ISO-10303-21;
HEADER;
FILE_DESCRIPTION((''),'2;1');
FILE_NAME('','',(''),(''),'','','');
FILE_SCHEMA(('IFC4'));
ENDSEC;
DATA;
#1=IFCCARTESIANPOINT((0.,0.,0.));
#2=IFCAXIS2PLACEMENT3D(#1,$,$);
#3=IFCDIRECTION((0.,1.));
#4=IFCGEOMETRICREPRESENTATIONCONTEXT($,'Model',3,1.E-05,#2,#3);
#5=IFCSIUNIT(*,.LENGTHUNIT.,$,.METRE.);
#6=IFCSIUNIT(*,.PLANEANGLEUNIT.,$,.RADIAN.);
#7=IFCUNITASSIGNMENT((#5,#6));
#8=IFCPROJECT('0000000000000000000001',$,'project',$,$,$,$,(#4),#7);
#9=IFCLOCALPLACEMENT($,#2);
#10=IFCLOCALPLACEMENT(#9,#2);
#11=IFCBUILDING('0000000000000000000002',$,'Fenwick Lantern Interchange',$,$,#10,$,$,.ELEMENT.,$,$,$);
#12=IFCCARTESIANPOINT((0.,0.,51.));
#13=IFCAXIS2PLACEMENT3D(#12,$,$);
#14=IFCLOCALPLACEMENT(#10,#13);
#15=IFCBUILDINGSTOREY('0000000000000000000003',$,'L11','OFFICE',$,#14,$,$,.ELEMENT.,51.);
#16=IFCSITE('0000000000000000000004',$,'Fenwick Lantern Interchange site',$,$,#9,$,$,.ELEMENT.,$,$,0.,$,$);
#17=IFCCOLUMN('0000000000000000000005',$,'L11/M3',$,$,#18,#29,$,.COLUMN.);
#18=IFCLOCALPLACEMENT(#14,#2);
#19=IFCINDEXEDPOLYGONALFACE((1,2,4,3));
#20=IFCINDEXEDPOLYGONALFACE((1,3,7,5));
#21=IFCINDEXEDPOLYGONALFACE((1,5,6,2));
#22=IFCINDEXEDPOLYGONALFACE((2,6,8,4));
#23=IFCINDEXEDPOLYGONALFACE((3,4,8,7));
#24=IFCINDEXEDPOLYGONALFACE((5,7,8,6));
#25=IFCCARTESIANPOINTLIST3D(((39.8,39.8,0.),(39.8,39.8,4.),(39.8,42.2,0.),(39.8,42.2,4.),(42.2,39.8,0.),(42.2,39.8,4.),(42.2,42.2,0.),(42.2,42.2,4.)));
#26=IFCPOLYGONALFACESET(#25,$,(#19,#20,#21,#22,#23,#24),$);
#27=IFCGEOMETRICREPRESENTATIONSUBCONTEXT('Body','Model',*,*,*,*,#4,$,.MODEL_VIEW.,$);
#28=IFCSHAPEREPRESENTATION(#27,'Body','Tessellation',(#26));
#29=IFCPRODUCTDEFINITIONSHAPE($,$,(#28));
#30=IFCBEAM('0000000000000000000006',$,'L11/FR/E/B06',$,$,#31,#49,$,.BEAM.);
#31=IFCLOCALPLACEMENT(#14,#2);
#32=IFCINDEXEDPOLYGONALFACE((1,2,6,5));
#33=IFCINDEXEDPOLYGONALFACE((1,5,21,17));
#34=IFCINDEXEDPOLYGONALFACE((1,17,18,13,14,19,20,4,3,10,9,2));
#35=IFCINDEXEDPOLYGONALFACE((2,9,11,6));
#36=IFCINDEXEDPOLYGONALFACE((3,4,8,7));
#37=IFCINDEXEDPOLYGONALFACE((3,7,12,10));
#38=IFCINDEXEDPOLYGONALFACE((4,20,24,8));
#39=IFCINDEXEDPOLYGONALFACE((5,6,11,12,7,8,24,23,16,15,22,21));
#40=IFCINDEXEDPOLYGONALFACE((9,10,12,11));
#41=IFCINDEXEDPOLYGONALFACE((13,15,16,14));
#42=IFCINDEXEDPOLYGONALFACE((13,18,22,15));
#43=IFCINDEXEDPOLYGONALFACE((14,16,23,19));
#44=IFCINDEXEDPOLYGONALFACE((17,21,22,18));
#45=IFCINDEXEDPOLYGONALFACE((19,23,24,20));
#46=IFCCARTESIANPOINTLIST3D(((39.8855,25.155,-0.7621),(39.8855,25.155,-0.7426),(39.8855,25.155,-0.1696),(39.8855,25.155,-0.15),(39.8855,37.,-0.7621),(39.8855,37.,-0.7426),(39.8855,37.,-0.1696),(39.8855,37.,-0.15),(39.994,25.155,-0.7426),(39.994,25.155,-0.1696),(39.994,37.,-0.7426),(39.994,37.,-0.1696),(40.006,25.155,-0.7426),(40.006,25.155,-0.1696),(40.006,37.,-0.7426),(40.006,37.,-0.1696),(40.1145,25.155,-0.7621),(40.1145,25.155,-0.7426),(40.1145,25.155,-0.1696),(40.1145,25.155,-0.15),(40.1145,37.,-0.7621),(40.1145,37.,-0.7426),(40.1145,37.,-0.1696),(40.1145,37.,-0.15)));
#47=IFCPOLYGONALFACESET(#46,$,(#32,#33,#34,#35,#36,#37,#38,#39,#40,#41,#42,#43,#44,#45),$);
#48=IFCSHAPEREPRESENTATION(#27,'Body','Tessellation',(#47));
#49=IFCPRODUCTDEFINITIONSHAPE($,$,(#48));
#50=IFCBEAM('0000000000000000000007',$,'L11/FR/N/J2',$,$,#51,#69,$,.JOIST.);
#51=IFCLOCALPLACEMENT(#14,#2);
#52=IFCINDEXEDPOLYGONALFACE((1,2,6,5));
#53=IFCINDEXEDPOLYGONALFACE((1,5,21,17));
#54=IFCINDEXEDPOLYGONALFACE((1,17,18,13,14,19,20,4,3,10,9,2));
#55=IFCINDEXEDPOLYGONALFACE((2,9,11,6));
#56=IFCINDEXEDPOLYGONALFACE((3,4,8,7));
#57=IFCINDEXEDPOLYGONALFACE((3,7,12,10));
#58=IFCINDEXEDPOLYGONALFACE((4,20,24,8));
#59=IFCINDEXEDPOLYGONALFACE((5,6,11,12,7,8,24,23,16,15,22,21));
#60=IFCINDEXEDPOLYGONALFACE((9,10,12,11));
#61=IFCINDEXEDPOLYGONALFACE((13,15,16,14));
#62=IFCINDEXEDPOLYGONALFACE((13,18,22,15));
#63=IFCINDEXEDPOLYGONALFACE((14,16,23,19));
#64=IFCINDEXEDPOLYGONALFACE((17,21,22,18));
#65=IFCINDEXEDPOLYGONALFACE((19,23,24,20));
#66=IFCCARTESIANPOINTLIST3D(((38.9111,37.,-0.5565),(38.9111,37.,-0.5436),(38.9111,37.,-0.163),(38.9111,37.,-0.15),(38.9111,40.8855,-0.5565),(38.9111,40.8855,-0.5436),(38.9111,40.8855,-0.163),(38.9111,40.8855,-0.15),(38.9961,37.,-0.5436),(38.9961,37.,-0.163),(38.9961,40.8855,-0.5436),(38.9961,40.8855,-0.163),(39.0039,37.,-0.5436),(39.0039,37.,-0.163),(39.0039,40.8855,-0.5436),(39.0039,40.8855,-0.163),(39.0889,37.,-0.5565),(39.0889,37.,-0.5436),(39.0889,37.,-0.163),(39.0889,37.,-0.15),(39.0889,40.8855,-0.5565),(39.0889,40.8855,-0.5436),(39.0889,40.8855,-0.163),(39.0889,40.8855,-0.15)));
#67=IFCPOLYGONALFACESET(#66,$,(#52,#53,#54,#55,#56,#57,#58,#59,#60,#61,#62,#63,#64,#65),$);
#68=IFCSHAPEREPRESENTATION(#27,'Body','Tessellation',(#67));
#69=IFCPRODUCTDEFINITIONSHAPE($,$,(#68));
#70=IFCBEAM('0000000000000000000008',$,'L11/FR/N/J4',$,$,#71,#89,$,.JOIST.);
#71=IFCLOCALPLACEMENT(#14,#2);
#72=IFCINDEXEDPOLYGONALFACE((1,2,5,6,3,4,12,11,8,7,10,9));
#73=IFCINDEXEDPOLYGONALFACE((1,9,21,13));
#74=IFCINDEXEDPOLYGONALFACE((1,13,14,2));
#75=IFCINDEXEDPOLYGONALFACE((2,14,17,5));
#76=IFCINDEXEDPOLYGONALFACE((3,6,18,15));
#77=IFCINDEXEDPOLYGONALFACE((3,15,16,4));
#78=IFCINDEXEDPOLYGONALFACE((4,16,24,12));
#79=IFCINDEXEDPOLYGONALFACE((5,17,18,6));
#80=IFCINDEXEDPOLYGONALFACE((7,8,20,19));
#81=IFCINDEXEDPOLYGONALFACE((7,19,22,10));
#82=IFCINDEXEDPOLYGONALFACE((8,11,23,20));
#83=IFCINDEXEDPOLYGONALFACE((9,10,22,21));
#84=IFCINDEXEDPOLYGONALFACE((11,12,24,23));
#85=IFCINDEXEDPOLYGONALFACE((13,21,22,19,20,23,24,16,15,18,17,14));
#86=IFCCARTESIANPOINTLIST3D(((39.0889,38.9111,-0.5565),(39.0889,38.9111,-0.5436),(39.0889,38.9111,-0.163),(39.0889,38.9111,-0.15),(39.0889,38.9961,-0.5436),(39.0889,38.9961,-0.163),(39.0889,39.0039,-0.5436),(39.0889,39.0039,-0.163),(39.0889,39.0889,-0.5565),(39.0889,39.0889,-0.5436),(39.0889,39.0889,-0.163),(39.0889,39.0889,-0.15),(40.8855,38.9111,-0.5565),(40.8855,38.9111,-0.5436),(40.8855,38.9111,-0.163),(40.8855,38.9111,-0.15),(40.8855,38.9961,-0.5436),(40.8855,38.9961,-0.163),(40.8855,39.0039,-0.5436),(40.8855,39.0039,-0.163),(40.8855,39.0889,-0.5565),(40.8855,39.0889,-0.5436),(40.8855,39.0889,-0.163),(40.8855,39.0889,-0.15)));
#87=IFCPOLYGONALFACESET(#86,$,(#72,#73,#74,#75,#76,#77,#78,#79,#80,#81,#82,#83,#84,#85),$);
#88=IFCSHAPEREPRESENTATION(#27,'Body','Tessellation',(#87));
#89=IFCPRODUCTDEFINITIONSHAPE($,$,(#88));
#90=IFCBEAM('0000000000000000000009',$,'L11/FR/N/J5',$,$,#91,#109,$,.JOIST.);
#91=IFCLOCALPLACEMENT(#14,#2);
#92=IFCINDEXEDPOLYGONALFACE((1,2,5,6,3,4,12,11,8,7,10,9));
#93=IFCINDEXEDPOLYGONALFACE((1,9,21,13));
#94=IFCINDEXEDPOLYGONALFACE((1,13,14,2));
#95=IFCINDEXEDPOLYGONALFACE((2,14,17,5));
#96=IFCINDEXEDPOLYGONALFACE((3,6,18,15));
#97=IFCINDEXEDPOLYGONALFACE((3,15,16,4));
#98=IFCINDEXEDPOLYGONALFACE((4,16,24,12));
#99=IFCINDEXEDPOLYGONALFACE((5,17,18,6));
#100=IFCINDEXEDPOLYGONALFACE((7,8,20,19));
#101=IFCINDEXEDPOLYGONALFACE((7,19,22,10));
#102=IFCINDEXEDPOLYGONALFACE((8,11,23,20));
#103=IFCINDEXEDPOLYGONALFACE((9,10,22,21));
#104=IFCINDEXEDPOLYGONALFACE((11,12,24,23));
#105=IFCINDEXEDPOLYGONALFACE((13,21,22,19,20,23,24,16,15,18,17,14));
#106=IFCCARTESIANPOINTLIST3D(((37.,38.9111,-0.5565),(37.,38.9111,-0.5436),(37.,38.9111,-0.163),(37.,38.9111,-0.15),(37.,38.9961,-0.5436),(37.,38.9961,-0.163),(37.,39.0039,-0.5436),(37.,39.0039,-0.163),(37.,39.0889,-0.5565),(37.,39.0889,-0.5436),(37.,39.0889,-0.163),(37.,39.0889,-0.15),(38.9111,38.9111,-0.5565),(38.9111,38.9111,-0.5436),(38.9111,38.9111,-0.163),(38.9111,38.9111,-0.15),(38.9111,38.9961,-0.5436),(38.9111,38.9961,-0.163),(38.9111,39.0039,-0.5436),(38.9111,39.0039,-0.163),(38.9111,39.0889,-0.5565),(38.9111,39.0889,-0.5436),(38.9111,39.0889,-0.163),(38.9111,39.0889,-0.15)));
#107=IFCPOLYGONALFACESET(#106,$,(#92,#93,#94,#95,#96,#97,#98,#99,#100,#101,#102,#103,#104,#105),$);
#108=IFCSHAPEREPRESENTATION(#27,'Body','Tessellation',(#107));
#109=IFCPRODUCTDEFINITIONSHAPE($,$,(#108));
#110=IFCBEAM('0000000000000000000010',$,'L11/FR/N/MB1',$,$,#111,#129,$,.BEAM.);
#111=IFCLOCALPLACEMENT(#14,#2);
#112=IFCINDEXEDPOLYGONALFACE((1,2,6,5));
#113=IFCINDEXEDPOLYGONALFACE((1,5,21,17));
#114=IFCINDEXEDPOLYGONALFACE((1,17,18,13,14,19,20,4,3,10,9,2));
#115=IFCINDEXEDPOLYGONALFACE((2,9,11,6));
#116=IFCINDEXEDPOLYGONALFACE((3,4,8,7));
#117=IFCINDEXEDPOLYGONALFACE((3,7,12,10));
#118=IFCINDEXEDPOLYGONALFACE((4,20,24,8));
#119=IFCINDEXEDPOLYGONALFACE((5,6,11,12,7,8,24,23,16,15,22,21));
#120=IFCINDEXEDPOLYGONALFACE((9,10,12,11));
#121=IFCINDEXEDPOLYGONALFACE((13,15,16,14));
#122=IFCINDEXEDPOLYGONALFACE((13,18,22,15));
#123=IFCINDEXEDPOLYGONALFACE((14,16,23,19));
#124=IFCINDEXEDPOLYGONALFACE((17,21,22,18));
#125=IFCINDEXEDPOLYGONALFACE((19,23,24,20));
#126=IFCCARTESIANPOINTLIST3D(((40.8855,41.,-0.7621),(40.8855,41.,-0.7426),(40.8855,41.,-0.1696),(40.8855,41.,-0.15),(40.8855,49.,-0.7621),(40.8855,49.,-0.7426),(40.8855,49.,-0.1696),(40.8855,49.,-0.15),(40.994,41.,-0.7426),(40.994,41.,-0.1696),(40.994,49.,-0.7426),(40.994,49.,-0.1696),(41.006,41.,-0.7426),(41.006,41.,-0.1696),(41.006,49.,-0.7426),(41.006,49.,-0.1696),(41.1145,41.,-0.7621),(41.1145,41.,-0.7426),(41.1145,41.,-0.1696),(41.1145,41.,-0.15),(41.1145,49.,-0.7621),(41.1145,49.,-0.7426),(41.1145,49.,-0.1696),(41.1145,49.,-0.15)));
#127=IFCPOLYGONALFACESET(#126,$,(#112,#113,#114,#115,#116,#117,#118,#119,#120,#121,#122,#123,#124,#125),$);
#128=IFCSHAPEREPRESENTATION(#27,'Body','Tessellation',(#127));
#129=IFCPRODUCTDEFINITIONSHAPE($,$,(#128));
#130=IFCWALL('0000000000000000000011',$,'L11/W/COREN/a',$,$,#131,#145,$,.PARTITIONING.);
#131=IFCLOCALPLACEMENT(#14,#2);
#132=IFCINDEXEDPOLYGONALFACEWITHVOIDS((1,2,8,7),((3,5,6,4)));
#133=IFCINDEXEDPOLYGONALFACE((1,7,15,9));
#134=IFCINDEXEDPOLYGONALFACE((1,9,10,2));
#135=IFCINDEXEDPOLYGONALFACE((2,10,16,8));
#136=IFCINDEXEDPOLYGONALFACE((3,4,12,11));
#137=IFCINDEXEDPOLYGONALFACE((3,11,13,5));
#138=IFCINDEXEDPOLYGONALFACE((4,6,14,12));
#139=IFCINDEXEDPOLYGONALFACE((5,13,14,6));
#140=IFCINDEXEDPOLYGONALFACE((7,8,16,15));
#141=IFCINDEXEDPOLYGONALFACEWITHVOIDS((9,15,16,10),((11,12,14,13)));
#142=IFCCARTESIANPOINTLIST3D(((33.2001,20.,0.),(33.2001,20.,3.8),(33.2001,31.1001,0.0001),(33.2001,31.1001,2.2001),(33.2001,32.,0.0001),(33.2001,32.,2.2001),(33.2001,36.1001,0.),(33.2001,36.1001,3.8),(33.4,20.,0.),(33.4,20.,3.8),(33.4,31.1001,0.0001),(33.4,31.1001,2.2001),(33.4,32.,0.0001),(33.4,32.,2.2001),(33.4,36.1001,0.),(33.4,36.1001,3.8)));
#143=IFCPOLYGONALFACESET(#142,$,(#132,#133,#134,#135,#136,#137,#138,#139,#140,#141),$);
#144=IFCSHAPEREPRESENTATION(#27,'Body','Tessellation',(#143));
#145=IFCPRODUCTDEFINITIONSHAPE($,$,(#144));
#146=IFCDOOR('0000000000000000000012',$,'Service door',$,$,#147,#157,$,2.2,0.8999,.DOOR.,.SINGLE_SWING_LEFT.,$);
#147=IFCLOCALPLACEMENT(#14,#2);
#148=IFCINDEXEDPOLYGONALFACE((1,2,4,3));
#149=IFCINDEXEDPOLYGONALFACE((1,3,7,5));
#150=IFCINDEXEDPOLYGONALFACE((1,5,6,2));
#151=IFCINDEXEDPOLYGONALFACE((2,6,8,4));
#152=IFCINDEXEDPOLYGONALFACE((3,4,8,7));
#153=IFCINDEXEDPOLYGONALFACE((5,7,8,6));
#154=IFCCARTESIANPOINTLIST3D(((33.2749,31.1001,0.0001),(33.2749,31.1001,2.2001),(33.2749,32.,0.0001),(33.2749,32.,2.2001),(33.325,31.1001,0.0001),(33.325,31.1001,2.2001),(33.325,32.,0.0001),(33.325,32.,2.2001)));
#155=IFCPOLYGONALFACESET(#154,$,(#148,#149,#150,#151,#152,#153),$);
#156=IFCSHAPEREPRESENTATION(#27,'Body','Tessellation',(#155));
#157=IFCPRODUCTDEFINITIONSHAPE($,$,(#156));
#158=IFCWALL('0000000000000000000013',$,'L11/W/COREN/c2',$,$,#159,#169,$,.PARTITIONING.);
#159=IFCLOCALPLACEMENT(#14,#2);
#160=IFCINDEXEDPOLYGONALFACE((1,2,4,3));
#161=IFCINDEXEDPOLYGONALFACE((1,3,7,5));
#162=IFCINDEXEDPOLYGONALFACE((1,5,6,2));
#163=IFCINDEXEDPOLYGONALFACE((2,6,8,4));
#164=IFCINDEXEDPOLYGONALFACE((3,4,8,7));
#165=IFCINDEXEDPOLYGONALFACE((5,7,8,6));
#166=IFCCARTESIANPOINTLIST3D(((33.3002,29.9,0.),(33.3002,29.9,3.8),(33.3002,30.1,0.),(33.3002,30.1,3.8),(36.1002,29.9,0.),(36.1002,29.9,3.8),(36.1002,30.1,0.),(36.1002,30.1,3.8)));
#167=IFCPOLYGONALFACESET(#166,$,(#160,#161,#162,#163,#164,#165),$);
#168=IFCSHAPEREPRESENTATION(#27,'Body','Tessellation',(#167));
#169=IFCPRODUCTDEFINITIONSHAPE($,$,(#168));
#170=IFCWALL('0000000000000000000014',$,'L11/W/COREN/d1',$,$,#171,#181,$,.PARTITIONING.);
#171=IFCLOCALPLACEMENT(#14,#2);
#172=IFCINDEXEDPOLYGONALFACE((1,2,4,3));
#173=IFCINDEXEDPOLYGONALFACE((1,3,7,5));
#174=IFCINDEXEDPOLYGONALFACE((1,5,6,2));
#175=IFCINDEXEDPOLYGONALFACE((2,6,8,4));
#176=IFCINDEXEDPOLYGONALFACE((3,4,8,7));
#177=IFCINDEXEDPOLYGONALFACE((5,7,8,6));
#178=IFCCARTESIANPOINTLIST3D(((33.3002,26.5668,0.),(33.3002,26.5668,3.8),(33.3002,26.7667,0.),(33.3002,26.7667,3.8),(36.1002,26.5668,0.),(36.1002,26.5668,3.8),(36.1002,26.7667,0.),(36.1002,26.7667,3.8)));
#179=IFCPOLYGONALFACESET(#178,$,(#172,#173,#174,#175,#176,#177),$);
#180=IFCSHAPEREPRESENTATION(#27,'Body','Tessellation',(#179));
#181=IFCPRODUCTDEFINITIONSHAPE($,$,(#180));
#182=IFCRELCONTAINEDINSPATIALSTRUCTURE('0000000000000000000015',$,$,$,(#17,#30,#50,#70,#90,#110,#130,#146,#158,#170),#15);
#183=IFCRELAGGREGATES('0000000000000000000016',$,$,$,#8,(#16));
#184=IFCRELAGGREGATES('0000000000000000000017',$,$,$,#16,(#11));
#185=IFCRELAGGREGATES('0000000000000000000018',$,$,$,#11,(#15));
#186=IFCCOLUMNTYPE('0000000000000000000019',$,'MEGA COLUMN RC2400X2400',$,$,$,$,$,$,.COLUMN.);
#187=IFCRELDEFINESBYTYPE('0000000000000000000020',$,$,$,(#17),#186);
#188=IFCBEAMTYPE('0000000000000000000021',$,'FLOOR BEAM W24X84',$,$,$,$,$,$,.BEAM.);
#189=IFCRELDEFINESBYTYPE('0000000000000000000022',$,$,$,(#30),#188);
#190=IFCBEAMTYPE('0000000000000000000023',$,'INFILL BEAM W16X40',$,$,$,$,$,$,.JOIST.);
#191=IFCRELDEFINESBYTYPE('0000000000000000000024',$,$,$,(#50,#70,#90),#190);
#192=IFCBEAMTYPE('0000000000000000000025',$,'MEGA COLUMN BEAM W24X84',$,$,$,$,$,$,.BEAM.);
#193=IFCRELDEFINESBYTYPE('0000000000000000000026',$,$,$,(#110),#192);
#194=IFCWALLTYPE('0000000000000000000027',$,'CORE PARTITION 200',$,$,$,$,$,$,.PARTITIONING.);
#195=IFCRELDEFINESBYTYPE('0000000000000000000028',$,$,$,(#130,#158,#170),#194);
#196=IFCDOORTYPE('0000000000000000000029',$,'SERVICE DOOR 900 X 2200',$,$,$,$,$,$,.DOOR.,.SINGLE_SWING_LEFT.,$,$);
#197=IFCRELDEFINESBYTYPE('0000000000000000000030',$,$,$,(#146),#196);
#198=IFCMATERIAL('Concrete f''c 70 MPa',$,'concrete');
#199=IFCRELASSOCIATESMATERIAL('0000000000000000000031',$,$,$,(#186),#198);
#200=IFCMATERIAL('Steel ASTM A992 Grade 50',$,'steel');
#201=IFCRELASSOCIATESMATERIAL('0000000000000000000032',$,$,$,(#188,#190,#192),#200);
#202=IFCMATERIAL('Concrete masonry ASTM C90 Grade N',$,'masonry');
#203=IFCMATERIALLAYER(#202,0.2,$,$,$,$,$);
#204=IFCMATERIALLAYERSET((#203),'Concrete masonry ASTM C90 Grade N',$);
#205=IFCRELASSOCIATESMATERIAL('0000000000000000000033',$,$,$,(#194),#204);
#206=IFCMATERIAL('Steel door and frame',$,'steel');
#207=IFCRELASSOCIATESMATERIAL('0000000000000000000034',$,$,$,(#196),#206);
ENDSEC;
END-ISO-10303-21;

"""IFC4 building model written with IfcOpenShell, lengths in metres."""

from ifc_helpers import new_model, si_unit, direction, frame, frame_2d, origin, origin_2d, place, context, subcontext, project, spatial, rectangle, i_section, extrude, material, layer, layer_set, material_profile, profile_set, type_object, element, fill, save


model = new_model("IFC4")

# Units and contexts
model_context = context("Model", 3, precision=1e-05, world=origin(), true_north=direction((0.0, 1.0)))
body_context = subcontext(model_context, "Body", "Model", "MODEL_VIEW")
ifc_project = project(units=[si_unit("LENGTHUNIT", "METRE"), si_unit("PLANEANGLEUNIT", "RADIAN")], contexts=[model_context])

# Site, building, storey
site_placement = place(None, origin())
site = spatial("IfcSite", under=ifc_project, at=site_placement, Name="Fenwick Lantern Interchange site", CompositionType="ELEMENT", RefElevation=0.0)
building_placement = place(site_placement, origin())
building = spatial("IfcBuilding", under=site, at=building_placement, Name="Fenwick Lantern Interchange", CompositionType="ELEMENT")
storey_placement = place(building_placement, frame((0.0, 0.0, 51.0)))
storey = spatial("IfcBuildingStorey", under=building, at=storey_placement, Name="L11", Description="OFFICE", CompositionType="ELEMENT", Elevation=51.0)

# Column
ifc_material_1 = material(Name="Concrete f'c 70 MPa", Category="concrete")
ifc_material_profile_1 = material_profile(ifc_material_1, rectangle(XDim=2.3999, YDim=2.3999, at=origin_2d()), Name="RC2400X2400")
ifc_profile_set_1 = profile_set([ifc_material_profile_1], Name="Concrete f'c 70 MPa")
column_type = type_object("IfcColumnType", Name="MEGA COLUMN RC2400X2400", PredefinedType="COLUMN", material=ifc_profile_set_1)
column_placement = place(storey_placement, frame((41.0, 41.0, 0.0), z_axis=(0.0, 0.0, 1.0), x_axis=(1.0, 0.0, 0.0)))
element("IfcColumn", 1, at=column_placement, inside=storey, type_object=column_type, Name="L11/M3", PredefinedType="COLUMN", context=body_context, shape_type="SweptSolid", body=[
    extrude(rectangle(XDim=2.3999, YDim=2.3999, at=origin_2d()), origin(), (0.0, 0.0, 1.0), 4.0),
])

# Beams
ifc_material_2 = material(Name="Steel ASTM A992 Grade 50", Category="steel")
ifc_material_profile_2 = material_profile(ifc_material_2, i_section(OverallWidth=0.229, OverallDepth=0.6121, WebThickness=0.012, FlangeThickness=0.0195, at=origin_2d()), Name="W24X84")
ifc_profile_set_2 = profile_set([ifc_material_profile_2], Name="Steel ASTM A992 Grade 50")
beam_type_1 = type_object("IfcBeamType", Name="FLOOR BEAM W24X84", PredefinedType="BEAM", material=ifc_profile_set_2)
beam_1_placement = place(storey_placement, frame((40.0, 25.155, -0.4561), z_axis=(0.0, 1.0, 0.0), x_axis=(-1.0, 0.0, 0.0)))
element("IfcBeam", 2, at=beam_1_placement, inside=storey, type_object=beam_type_1, Name="L11/FR/E/B06", PredefinedType="BEAM", context=body_context, shape_type="SweptSolid", body=[
    extrude(i_section(OverallWidth=0.229, OverallDepth=0.6121, WebThickness=0.012, FlangeThickness=0.0195, at=origin_2d()), origin(), (0.0, 0.0, 1.0), 11.845),
])
ifc_material_profile_3 = material_profile(ifc_material_2, i_section(OverallWidth=0.1777, OverallDepth=0.4065, WebThickness=0.0078, FlangeThickness=0.0129, at=origin_2d()), Name="W16X40")
ifc_profile_set_3 = profile_set([ifc_material_profile_3], Name="Steel ASTM A992 Grade 50")
beam_type_2 = type_object("IfcBeamType", Name="INFILL BEAM W16X40", PredefinedType="JOIST", material=ifc_profile_set_3)
beam_2_placement = place(storey_placement, frame((39.0, 40.8855, -0.3533), z_axis=(0.0, -1.0, 0.0), x_axis=(1.0, 0.0, 0.0)))
element("IfcBeam", 3, at=beam_2_placement, inside=storey, type_object=beam_type_2, Name="L11/FR/N/J2", PredefinedType="JOIST", context=body_context, shape_type="SweptSolid", body=[
    extrude(i_section(OverallWidth=0.1777, OverallDepth=0.4065, WebThickness=0.0078, FlangeThickness=0.0129, at=origin_2d()), origin(), (0.0, 0.0, 1.0), 3.8855),
])
beam_3_placement = place(storey_placement, frame((40.8855, 39.0, -0.3533), z_axis=(-1.0, 0.0, 0.0), x_axis=(0.0, -1.0, 0.0)))
element("IfcBeam", 4, at=beam_3_placement, inside=storey, type_object=beam_type_2, Name="L11/FR/N/J4", PredefinedType="JOIST", context=body_context, shape_type="SweptSolid", body=[
    extrude(i_section(OverallWidth=0.1777, OverallDepth=0.4065, WebThickness=0.0078, FlangeThickness=0.0129, at=origin_2d()), origin(), (0.0, 0.0, 1.0), 1.7966),
])
beam_4_placement = place(storey_placement, frame((38.9111, 39.0, -0.3533), z_axis=(-1.0, 0.0, 0.0), x_axis=(0.0, -1.0, 0.0)))
element("IfcBeam", 5, at=beam_4_placement, inside=storey, type_object=beam_type_2, Name="L11/FR/N/J5", PredefinedType="JOIST", context=body_context, shape_type="SweptSolid", body=[
    extrude(i_section(OverallWidth=0.1777, OverallDepth=0.4065, WebThickness=0.0078, FlangeThickness=0.0129, at=origin_2d()), origin(), (0.0, 0.0, 1.0), 1.9111),
])
ifc_material_profile_4 = material_profile(ifc_material_2, i_section(OverallWidth=0.229, OverallDepth=0.6121, WebThickness=0.012, FlangeThickness=0.0195, at=origin_2d()), Name="W24X84")
ifc_profile_set_4 = profile_set([ifc_material_profile_4], Name="Steel ASTM A992 Grade 50")
beam_type_3 = type_object("IfcBeamType", Name="MEGA COLUMN BEAM W24X84", PredefinedType="BEAM", material=ifc_profile_set_4)
beam_5_placement = place(storey_placement, frame((41.0, 41.0, -0.4561), z_axis=(0.0, 1.0, 0.0), x_axis=(-1.0, 0.0, 0.0)))
element("IfcBeam", 6, at=beam_5_placement, inside=storey, type_object=beam_type_3, Name="L11/FR/N/MB1", PredefinedType="BEAM", context=body_context, shape_type="SweptSolid", body=[
    extrude(i_section(OverallWidth=0.229, OverallDepth=0.6121, WebThickness=0.012, FlangeThickness=0.0195, at=origin_2d()), origin(), (0.0, 0.0, 1.0), 8.0),
])

# Wall, opening, door
ifc_material_3 = material(Name="Concrete masonry ASTM C90 Grade N", Category="masonry")
ifc_layer_1 = layer(ifc_material_3, 0.2)
ifc_layer_set_1 = layer_set([ifc_layer_1], Name="Concrete masonry ASTM C90 Grade N")
wall_type_1 = type_object("IfcWallType", Name="CORE PARTITION 200", PredefinedType="PARTITIONING", material=ifc_layer_set_1)
wall_1_placement = place(storey_placement, frame((33.3, 36.1001, 0.0), z_axis=(0.0, 0.0, 1.0), x_axis=(0.0, -1.0, 0.0)))
wall_1 = element("IfcWall", 7, at=wall_1_placement, inside=storey, type_object=wall_type_1, Name="L11/W/COREN/a", PredefinedType="PARTITIONING", context=body_context, shape_type="SweptSolid", body=[
    extrude(rectangle(XDim=16.1001, YDim=0.2, at=frame_2d((8.05, 0.0))), origin(), (0.0, 0.0, 1.0), 3.8),
])
opening_1_placement = place(wall_1_placement, frame((4.1001, 0.0, 0.0)))
opening_1 = element("IfcOpeningElement", 8, at=opening_1_placement, cuts=wall_1, PredefinedType="OPENING", context=body_context, shape_type="SweptSolid", body=[
    extrude(rectangle(XDim=0.8999, YDim=2.2, at=frame_2d((0.45, 1.1001))), frame((0.0, 0.1099, 0.0), z_axis=(0.0, -1.0, 0.0), x_axis=(1.0, 0.0, 0.0)), (0.0, 0.0, 1.0), 0.22),
])
ifc_material_4 = material(Name="Steel door and frame", Category="steel")
door_type_1 = type_object("IfcDoorType", Name="SERVICE DOOR 900 X 2200", OperationType="SINGLE_SWING_LEFT", PredefinedType="DOOR", material=ifc_material_4)
door_1_placement = place(opening_1_placement, origin())
door_1 = element("IfcDoor", 9, at=door_1_placement, inside=storey, type_object=door_type_1, Name="Service door", OperationType="SINGLE_SWING_LEFT", OverallHeight=2.2, OverallWidth=0.8999, PredefinedType="DOOR", context=body_context, shape_type="SweptSolid", body=[
    extrude(rectangle(XDim=0.8999, YDim=2.2, at=frame_2d((0.45, 1.1001))), frame((0.0, 0.0249, 0.0), z_axis=(0.0, -1.0, 0.0), x_axis=(1.0, 0.0, 0.0)), (0.0, 0.0, 1.0), 0.05),
])
fill(opening_1, door_1)

# Walls
for number, where, z_axis, x_axis, name in (
    (10, (36.1001, 30.0, 0.0), (0.0, 0.0, 1.0), (-1.0, 0.0, 0.0), "L11/W/COREN/c2"),
    (11, (36.1001, 26.6667, 0.0), (0.0, 0.0, 1.0), (-1.0, 0.0, 0.0), "L11/W/COREN/d1"),
):
    element("IfcWall", number, at=place(storey_placement, frame(where, z_axis=z_axis, x_axis=x_axis)), inside=storey, type_object=wall_type_1, Name=name, PredefinedType="PARTITIONING", context=body_context, shape_type="SweptSolid", body=[
        extrude(rectangle(XDim=2.8, YDim=0.2, at=frame_2d((1.3999, 0.0))), origin(), (0.0, 0.0, 1.0), 3.8),
    ])

save(model, "model.ifc")
